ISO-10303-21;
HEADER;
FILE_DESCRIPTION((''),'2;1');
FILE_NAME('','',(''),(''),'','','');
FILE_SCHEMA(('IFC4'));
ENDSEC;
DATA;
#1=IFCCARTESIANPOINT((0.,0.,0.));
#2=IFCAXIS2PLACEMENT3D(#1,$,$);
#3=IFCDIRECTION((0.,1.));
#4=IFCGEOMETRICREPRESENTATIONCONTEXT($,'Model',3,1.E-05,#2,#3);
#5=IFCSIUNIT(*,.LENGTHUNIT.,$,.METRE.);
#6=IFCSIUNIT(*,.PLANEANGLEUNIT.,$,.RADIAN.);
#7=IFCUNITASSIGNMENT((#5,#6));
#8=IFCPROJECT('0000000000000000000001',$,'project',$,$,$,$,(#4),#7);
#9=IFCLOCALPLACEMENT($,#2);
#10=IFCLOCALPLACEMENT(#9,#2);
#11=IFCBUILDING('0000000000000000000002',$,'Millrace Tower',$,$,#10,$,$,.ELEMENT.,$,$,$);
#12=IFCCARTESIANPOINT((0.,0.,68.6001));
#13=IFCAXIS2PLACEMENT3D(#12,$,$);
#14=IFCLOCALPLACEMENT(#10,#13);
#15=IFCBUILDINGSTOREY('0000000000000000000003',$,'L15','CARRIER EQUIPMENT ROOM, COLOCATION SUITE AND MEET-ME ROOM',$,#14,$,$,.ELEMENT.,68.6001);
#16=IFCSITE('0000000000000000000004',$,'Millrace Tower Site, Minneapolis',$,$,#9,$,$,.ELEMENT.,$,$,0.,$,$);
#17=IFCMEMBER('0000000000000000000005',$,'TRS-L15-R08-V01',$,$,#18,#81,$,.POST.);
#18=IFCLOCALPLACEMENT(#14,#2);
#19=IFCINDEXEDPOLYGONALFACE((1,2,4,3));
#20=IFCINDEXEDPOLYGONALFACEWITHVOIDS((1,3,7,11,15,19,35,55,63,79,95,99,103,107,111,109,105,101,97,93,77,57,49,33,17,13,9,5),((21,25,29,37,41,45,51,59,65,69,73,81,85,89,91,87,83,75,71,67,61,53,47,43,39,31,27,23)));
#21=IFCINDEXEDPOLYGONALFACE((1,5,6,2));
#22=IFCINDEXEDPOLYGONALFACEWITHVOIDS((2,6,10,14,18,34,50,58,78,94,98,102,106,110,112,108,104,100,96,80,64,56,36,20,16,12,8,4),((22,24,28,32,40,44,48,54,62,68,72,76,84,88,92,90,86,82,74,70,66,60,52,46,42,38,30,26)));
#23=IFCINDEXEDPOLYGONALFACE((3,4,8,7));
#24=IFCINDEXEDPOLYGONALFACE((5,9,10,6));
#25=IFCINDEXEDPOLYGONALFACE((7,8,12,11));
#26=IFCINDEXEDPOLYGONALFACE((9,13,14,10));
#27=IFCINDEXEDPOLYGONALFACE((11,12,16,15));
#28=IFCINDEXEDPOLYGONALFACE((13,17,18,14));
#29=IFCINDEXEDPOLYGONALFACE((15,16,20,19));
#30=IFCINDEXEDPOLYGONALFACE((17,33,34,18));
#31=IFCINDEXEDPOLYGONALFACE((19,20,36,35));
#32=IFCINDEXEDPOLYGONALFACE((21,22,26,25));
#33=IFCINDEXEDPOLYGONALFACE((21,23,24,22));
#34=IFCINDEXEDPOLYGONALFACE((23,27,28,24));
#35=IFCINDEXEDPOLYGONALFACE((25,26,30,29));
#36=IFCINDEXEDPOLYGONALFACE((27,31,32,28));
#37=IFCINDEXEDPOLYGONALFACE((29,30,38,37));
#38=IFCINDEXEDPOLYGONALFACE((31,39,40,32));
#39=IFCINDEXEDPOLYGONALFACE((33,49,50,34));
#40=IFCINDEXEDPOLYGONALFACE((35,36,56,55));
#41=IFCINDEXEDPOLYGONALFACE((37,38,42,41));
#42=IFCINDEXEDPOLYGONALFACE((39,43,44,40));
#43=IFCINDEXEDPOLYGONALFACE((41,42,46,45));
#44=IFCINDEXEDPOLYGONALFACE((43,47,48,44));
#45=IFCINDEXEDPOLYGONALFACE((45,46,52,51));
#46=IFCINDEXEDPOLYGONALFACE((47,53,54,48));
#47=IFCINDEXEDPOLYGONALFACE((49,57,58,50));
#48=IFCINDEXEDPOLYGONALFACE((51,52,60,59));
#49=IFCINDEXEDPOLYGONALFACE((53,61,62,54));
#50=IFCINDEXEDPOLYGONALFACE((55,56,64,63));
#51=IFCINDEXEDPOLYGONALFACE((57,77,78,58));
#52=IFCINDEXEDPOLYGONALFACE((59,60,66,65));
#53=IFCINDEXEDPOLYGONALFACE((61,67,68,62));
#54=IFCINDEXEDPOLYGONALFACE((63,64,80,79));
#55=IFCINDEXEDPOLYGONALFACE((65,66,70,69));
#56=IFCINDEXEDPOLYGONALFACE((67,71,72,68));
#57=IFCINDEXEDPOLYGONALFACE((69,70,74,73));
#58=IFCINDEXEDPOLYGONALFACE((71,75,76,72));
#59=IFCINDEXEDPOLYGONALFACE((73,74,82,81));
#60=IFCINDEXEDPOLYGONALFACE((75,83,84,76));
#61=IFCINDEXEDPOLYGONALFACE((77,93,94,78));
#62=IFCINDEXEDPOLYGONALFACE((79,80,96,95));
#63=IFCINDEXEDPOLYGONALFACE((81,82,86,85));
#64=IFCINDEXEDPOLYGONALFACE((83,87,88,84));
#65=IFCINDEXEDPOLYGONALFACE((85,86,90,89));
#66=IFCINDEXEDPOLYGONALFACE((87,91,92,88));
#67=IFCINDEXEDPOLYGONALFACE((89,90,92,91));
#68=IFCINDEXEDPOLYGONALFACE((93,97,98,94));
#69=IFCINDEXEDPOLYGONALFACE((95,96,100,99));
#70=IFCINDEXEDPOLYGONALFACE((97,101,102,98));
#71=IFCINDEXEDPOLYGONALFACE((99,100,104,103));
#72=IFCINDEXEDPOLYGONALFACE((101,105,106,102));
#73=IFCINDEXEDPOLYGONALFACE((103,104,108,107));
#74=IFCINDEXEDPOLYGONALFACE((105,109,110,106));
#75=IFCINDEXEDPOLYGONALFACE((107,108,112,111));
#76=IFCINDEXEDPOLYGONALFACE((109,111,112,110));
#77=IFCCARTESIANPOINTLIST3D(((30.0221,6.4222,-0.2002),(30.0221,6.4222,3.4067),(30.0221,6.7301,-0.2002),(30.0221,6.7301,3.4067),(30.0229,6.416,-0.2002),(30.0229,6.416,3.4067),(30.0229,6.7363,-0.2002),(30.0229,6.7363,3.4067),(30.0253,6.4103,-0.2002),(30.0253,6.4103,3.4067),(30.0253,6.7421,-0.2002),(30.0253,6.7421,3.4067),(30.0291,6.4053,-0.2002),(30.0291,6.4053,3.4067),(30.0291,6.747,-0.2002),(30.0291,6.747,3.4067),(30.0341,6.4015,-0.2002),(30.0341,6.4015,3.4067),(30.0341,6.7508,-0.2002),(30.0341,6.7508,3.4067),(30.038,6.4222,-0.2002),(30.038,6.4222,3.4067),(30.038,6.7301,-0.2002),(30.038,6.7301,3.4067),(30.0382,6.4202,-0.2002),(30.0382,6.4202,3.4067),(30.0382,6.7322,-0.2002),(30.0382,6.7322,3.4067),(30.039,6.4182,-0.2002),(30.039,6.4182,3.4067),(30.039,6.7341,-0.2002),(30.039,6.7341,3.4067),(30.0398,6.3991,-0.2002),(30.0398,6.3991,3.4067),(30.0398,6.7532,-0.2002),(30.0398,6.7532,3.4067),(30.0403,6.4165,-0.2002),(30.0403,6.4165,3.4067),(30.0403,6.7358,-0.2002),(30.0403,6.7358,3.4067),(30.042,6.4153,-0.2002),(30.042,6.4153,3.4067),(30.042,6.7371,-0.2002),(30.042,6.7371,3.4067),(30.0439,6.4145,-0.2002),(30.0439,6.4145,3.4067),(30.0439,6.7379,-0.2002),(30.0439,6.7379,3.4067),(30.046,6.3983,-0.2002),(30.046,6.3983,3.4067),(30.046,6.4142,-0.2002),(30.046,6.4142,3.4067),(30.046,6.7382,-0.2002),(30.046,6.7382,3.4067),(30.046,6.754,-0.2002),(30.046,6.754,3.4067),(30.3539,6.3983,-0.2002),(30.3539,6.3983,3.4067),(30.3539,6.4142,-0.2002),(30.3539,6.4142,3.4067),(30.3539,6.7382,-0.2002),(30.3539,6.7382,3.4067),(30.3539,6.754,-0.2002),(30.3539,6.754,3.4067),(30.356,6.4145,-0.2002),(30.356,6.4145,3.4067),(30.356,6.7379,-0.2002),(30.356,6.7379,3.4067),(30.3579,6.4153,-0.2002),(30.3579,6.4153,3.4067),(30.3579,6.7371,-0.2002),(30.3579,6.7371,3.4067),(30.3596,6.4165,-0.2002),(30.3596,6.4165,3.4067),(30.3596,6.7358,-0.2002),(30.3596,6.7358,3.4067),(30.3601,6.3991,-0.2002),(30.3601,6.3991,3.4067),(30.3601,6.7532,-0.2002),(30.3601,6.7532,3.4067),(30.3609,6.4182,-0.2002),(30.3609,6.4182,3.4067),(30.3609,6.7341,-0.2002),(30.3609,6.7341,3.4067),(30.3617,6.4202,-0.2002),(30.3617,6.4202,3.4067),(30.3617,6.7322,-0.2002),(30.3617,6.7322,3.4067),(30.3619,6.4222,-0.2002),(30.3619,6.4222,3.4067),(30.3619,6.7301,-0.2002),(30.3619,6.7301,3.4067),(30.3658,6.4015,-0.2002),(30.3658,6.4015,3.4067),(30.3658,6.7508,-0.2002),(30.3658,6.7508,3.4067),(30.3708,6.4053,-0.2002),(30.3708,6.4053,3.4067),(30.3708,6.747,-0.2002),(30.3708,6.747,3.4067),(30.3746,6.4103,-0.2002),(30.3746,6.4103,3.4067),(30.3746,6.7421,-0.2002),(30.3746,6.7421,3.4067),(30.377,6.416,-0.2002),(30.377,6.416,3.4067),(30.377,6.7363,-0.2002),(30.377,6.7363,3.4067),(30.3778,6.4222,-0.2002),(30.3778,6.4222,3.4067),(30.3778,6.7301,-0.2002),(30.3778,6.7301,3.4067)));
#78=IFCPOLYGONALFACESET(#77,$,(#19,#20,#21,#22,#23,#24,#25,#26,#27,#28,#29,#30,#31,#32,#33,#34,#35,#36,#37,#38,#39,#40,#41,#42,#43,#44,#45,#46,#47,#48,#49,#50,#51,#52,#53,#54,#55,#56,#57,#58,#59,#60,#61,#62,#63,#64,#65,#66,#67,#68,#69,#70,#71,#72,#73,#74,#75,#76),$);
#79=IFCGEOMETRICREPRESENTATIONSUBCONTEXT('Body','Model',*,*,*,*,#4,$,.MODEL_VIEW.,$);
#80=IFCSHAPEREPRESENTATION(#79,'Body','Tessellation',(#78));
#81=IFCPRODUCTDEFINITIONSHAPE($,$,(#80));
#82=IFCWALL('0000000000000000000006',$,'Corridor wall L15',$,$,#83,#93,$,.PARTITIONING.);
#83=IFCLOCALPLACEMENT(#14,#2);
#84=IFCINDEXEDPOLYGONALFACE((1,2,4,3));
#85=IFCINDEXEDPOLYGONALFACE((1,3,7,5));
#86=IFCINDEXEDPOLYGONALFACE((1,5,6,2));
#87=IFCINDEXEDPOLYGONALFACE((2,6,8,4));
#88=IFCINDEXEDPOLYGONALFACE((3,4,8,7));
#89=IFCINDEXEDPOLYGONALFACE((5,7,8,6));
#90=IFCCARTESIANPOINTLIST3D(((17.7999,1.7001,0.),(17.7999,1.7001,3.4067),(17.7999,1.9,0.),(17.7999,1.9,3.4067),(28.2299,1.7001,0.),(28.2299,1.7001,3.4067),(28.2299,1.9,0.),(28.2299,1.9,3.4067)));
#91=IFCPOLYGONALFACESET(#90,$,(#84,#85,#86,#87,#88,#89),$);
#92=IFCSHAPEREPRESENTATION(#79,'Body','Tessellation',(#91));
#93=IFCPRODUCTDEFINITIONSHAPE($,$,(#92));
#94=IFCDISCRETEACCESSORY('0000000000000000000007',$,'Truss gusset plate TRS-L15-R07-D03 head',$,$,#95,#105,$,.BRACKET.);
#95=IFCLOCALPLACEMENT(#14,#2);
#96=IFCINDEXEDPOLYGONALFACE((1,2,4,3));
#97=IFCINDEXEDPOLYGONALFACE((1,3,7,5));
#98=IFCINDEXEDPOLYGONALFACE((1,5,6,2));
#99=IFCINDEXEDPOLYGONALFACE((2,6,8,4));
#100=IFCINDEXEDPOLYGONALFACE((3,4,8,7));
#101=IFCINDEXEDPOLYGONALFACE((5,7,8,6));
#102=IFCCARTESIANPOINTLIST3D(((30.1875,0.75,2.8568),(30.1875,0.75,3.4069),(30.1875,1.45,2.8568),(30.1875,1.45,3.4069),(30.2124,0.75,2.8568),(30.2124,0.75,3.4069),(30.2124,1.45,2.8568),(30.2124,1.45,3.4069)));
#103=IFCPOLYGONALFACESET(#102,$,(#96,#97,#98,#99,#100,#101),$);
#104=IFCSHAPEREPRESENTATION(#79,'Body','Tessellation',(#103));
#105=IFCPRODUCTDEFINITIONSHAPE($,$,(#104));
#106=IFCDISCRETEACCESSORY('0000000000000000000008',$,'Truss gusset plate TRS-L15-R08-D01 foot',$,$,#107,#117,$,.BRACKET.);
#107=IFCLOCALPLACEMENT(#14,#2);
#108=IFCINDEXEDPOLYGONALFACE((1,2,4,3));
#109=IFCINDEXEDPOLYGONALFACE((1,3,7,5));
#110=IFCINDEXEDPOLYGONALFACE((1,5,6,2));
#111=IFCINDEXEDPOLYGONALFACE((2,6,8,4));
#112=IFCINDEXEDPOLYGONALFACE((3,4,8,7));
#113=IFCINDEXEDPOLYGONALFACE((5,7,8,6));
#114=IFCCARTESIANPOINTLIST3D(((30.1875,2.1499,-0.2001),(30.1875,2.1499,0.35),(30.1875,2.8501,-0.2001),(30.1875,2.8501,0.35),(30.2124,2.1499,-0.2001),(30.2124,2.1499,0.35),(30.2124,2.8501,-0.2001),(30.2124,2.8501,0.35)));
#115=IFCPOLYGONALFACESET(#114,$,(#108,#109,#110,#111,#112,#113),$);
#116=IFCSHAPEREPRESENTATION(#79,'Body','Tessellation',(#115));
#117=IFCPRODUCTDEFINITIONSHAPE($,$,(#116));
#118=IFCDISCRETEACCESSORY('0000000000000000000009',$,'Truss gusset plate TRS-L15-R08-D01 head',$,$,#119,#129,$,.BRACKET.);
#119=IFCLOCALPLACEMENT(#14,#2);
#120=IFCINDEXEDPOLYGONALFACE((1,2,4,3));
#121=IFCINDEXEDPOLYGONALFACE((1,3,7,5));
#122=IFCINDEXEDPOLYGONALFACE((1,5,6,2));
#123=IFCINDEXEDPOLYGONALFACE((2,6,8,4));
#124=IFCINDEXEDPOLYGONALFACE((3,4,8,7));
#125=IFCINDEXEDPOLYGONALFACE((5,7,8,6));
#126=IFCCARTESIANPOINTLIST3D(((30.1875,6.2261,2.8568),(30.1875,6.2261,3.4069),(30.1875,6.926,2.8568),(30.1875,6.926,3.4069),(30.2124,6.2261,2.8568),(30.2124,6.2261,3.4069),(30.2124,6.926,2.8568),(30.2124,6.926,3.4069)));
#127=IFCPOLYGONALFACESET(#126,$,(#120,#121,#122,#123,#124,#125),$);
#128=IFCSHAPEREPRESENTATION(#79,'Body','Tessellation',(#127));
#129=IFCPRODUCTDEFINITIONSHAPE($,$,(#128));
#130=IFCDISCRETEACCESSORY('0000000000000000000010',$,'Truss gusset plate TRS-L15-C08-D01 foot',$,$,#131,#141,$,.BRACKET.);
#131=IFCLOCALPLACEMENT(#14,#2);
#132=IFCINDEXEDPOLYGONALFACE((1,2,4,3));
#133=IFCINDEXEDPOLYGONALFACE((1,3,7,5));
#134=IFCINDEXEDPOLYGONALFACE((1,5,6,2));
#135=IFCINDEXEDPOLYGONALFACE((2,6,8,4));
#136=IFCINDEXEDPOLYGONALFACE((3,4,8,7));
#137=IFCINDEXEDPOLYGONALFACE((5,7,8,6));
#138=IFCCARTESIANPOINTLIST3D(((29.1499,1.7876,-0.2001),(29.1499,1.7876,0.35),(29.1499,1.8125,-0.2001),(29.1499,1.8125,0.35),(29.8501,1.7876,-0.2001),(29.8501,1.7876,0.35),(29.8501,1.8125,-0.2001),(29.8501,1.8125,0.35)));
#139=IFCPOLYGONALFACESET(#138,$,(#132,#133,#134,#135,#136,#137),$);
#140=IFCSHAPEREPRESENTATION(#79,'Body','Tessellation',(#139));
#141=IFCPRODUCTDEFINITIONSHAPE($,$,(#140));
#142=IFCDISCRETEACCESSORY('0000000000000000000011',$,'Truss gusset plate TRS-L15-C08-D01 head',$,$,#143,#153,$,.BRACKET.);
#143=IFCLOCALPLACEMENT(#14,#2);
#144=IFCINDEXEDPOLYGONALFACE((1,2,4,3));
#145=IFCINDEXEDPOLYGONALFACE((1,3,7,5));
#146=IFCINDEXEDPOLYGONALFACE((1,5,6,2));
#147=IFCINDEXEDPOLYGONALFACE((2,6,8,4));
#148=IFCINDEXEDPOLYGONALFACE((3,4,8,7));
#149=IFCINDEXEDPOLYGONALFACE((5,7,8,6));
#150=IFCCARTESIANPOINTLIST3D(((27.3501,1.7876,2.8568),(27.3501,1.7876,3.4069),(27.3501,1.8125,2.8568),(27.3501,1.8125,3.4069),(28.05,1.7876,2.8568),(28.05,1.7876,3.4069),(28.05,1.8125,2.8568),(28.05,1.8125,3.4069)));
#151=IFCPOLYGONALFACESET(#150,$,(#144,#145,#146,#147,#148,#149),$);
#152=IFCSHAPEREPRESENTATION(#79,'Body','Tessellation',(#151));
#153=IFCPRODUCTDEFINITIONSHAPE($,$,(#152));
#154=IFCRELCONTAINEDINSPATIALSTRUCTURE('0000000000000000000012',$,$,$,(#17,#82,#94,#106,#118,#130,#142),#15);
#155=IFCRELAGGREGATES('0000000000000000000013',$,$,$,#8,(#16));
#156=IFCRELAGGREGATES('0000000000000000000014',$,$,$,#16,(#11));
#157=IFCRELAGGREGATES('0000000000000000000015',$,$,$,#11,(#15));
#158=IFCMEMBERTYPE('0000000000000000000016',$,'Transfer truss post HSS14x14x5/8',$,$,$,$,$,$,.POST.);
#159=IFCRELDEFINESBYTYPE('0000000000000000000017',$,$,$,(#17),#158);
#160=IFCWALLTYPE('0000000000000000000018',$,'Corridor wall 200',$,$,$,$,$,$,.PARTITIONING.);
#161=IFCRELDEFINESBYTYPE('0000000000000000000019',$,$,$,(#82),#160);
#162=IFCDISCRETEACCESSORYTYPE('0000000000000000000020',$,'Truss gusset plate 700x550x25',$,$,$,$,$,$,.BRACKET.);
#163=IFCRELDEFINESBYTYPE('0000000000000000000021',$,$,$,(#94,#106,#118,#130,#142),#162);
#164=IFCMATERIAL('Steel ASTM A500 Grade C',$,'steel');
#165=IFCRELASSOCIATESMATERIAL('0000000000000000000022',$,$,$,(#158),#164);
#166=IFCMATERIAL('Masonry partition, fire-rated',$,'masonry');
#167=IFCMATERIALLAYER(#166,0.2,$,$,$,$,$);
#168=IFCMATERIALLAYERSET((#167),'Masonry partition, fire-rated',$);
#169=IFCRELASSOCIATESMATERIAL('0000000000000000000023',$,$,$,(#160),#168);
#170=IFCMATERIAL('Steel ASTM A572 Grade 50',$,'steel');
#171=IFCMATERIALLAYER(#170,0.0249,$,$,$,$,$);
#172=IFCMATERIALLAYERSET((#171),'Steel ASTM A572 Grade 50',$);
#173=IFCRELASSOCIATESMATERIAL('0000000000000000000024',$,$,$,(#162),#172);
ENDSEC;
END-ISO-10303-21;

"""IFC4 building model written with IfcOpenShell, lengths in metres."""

from ifc_helpers import new_model, si_unit, direction, frame, frame_2d, origin, origin_2d, place, context, subcontext, project, spatial, rectangle, hollow_rectangle, extrude, material, layer, layer_set, material_profile, profile_set, type_object, element, save


model = new_model("IFC4")

# Units and contexts
model_context = context("Model", 3, precision=1e-05, world=origin(), true_north=direction((0.0, 1.0)))
body_context = subcontext(model_context, "Body", "Model", "MODEL_VIEW")
ifc_project = project(units=[si_unit("LENGTHUNIT", "METRE"), si_unit("PLANEANGLEUNIT", "RADIAN")], contexts=[model_context])

# Site, building, storey
site_placement = place(None, origin())
site = spatial("IfcSite", under=ifc_project, at=site_placement, Name="Millrace Tower Site, Minneapolis", CompositionType="ELEMENT", RefElevation=0.0)
building_placement = place(site_placement, origin())
building = spatial("IfcBuilding", under=site, at=building_placement, Name="Millrace Tower", CompositionType="ELEMENT")
storey_placement = place(building_placement, frame((0.0, 0.0, 68.6001)))
storey = spatial("IfcBuildingStorey", under=building, at=storey_placement, Name="L15", Description="CARRIER EQUIPMENT ROOM, COLOCATION SUITE AND MEET-ME ROOM", CompositionType="ELEMENT", Elevation=68.6001)

# Member
ifc_material_1 = material(Name="Steel ASTM A500 Grade C", Category="steel")
ifc_material_profile_1 = material_profile(ifc_material_1, hollow_rectangle(XDim=0.3557, YDim=0.3557, WallThickness=0.0159, InnerFilletRadius=0.0081, OuterFilletRadius=0.0239, at=origin_2d()))
ifc_profile_set_1 = profile_set([ifc_material_profile_1], Name="Steel ASTM A500 Grade C")
member_type_1 = type_object("IfcMemberType", Name="Transfer truss post HSS14x14x5/8", PredefinedType="POST", material=ifc_profile_set_1)
member_1_placement = place(storey_placement, frame((30.2, 6.5762, -0.2002), z_axis=(0.0, 0.0, 1.0), x_axis=(1.0, 0.0, 0.0)))
element("IfcMember", 1, at=member_1_placement, inside=storey, type_object=member_type_1, Name="TRS-L15-R08-V01", PredefinedType="POST", context=body_context, shape_type="SweptSolid", body=[
    extrude(hollow_rectangle(XDim=0.3557, YDim=0.3557, WallThickness=0.0159, InnerFilletRadius=0.0081, OuterFilletRadius=0.0239, at=origin_2d()), origin(), (0.0, 0.0, 1.0), 3.6069),
])

# Wall
ifc_material_2 = material(Name="Masonry partition, fire-rated", Category="masonry")
ifc_layer_1 = layer(ifc_material_2, 0.2)
ifc_layer_set_1 = layer_set([ifc_layer_1], Name="Masonry partition, fire-rated")
wall_type = type_object("IfcWallType", Name="Corridor wall 200", PredefinedType="PARTITIONING", material=ifc_layer_set_1)
wall_placement = place(storey_placement, frame((17.8, 1.8, 0.0), z_axis=(0.0, 0.0, 1.0), x_axis=(1.0, 0.0, 0.0)))
element("IfcWall", 2, at=wall_placement, inside=storey, type_object=wall_type, Name="Corridor wall L15", PredefinedType="PARTITIONING", context=body_context, shape_type="SweptSolid", body=[
    extrude(rectangle(XDim=10.4299, YDim=0.2, at=frame_2d((5.2148, 0.0))), origin(), (0.0, 0.0, 1.0), 3.4067),
])

# Discrete accessories
ifc_material_3 = material(Name="Steel ASTM A572 Grade 50", Category="steel")
ifc_layer_2 = layer(ifc_material_3, 0.0249)
ifc_layer_set_2 = layer_set([ifc_layer_2], Name="Steel ASTM A572 Grade 50")
discrete_accessory_type = type_object("IfcDiscreteAccessoryType", Name="Truss gusset plate 700x550x25", PredefinedType="BRACKET", material=ifc_layer_set_2)
discrete_accessory_1_placement = place(storey_placement, frame((30.2, 0.75, 3.1318), z_axis=(0.0, 1.0, 0.0), x_axis=(-1.0, 0.0, 0.0)))
element("IfcDiscreteAccessory", 3, at=discrete_accessory_1_placement, inside=storey, type_object=discrete_accessory_type, Name="Truss gusset plate TRS-L15-R07-D03 head", PredefinedType="BRACKET", context=body_context, shape_type="SweptSolid", body=[
    extrude(rectangle(XDim=0.0249, YDim=0.55, at=origin_2d()), origin(), (0.0, 0.0, 1.0), 0.7),
])
discrete_accessory_2_placement = place(storey_placement, frame((30.2, 2.1499, 0.075), z_axis=(0.0, 1.0, 0.0), x_axis=(-1.0, 0.0, 0.0)))
element("IfcDiscreteAccessory", 4, at=discrete_accessory_2_placement, inside=storey, type_object=discrete_accessory_type, Name="Truss gusset plate TRS-L15-R08-D01 foot", PredefinedType="BRACKET", context=body_context, shape_type="SweptSolid", body=[
    extrude(rectangle(XDim=0.0249, YDim=0.55, at=origin_2d()), origin(), (0.0, 0.0, 1.0), 0.7002),
])
discrete_accessory_3_placement = place(storey_placement, frame((30.2, 6.2261, 3.1318), z_axis=(0.0, 1.0, 0.0), x_axis=(-1.0, 0.0, 0.0)))
element("IfcDiscreteAccessory", 5, at=discrete_accessory_3_placement, inside=storey, type_object=discrete_accessory_type, Name="Truss gusset plate TRS-L15-R08-D01 head", PredefinedType="BRACKET", context=body_context, shape_type="SweptSolid", body=[
    extrude(rectangle(XDim=0.0249, YDim=0.55, at=origin_2d()), origin(), (0.0, 0.0, 1.0), 0.7),
])
discrete_accessory_4_placement = place(storey_placement, frame((29.1499, 1.8, 0.075), z_axis=(1.0, 0.0, 0.0), x_axis=(0.0, 1.0, 0.0)))
element("IfcDiscreteAccessory", 6, at=discrete_accessory_4_placement, inside=storey, type_object=discrete_accessory_type, Name="Truss gusset plate TRS-L15-C08-D01 foot", PredefinedType="BRACKET", context=body_context, shape_type="SweptSolid", body=[
    extrude(rectangle(XDim=0.0249, YDim=0.55, at=origin_2d()), origin(), (0.0, 0.0, 1.0), 0.7002),
])
discrete_accessory_5_placement = place(storey_placement, frame((27.3501, 1.8, 3.1318), z_axis=(1.0, 0.0, 0.0), x_axis=(0.0, 1.0, 0.0)))
element("IfcDiscreteAccessory", 7, at=discrete_accessory_5_placement, inside=storey, type_object=discrete_accessory_type, Name="Truss gusset plate TRS-L15-C08-D01 head", PredefinedType="BRACKET", context=body_context, shape_type="SweptSolid", body=[
    extrude(rectangle(XDim=0.0249, YDim=0.55, at=origin_2d()), origin(), (0.0, 0.0, 1.0), 0.7),
])

save(model, "model.ifc")
